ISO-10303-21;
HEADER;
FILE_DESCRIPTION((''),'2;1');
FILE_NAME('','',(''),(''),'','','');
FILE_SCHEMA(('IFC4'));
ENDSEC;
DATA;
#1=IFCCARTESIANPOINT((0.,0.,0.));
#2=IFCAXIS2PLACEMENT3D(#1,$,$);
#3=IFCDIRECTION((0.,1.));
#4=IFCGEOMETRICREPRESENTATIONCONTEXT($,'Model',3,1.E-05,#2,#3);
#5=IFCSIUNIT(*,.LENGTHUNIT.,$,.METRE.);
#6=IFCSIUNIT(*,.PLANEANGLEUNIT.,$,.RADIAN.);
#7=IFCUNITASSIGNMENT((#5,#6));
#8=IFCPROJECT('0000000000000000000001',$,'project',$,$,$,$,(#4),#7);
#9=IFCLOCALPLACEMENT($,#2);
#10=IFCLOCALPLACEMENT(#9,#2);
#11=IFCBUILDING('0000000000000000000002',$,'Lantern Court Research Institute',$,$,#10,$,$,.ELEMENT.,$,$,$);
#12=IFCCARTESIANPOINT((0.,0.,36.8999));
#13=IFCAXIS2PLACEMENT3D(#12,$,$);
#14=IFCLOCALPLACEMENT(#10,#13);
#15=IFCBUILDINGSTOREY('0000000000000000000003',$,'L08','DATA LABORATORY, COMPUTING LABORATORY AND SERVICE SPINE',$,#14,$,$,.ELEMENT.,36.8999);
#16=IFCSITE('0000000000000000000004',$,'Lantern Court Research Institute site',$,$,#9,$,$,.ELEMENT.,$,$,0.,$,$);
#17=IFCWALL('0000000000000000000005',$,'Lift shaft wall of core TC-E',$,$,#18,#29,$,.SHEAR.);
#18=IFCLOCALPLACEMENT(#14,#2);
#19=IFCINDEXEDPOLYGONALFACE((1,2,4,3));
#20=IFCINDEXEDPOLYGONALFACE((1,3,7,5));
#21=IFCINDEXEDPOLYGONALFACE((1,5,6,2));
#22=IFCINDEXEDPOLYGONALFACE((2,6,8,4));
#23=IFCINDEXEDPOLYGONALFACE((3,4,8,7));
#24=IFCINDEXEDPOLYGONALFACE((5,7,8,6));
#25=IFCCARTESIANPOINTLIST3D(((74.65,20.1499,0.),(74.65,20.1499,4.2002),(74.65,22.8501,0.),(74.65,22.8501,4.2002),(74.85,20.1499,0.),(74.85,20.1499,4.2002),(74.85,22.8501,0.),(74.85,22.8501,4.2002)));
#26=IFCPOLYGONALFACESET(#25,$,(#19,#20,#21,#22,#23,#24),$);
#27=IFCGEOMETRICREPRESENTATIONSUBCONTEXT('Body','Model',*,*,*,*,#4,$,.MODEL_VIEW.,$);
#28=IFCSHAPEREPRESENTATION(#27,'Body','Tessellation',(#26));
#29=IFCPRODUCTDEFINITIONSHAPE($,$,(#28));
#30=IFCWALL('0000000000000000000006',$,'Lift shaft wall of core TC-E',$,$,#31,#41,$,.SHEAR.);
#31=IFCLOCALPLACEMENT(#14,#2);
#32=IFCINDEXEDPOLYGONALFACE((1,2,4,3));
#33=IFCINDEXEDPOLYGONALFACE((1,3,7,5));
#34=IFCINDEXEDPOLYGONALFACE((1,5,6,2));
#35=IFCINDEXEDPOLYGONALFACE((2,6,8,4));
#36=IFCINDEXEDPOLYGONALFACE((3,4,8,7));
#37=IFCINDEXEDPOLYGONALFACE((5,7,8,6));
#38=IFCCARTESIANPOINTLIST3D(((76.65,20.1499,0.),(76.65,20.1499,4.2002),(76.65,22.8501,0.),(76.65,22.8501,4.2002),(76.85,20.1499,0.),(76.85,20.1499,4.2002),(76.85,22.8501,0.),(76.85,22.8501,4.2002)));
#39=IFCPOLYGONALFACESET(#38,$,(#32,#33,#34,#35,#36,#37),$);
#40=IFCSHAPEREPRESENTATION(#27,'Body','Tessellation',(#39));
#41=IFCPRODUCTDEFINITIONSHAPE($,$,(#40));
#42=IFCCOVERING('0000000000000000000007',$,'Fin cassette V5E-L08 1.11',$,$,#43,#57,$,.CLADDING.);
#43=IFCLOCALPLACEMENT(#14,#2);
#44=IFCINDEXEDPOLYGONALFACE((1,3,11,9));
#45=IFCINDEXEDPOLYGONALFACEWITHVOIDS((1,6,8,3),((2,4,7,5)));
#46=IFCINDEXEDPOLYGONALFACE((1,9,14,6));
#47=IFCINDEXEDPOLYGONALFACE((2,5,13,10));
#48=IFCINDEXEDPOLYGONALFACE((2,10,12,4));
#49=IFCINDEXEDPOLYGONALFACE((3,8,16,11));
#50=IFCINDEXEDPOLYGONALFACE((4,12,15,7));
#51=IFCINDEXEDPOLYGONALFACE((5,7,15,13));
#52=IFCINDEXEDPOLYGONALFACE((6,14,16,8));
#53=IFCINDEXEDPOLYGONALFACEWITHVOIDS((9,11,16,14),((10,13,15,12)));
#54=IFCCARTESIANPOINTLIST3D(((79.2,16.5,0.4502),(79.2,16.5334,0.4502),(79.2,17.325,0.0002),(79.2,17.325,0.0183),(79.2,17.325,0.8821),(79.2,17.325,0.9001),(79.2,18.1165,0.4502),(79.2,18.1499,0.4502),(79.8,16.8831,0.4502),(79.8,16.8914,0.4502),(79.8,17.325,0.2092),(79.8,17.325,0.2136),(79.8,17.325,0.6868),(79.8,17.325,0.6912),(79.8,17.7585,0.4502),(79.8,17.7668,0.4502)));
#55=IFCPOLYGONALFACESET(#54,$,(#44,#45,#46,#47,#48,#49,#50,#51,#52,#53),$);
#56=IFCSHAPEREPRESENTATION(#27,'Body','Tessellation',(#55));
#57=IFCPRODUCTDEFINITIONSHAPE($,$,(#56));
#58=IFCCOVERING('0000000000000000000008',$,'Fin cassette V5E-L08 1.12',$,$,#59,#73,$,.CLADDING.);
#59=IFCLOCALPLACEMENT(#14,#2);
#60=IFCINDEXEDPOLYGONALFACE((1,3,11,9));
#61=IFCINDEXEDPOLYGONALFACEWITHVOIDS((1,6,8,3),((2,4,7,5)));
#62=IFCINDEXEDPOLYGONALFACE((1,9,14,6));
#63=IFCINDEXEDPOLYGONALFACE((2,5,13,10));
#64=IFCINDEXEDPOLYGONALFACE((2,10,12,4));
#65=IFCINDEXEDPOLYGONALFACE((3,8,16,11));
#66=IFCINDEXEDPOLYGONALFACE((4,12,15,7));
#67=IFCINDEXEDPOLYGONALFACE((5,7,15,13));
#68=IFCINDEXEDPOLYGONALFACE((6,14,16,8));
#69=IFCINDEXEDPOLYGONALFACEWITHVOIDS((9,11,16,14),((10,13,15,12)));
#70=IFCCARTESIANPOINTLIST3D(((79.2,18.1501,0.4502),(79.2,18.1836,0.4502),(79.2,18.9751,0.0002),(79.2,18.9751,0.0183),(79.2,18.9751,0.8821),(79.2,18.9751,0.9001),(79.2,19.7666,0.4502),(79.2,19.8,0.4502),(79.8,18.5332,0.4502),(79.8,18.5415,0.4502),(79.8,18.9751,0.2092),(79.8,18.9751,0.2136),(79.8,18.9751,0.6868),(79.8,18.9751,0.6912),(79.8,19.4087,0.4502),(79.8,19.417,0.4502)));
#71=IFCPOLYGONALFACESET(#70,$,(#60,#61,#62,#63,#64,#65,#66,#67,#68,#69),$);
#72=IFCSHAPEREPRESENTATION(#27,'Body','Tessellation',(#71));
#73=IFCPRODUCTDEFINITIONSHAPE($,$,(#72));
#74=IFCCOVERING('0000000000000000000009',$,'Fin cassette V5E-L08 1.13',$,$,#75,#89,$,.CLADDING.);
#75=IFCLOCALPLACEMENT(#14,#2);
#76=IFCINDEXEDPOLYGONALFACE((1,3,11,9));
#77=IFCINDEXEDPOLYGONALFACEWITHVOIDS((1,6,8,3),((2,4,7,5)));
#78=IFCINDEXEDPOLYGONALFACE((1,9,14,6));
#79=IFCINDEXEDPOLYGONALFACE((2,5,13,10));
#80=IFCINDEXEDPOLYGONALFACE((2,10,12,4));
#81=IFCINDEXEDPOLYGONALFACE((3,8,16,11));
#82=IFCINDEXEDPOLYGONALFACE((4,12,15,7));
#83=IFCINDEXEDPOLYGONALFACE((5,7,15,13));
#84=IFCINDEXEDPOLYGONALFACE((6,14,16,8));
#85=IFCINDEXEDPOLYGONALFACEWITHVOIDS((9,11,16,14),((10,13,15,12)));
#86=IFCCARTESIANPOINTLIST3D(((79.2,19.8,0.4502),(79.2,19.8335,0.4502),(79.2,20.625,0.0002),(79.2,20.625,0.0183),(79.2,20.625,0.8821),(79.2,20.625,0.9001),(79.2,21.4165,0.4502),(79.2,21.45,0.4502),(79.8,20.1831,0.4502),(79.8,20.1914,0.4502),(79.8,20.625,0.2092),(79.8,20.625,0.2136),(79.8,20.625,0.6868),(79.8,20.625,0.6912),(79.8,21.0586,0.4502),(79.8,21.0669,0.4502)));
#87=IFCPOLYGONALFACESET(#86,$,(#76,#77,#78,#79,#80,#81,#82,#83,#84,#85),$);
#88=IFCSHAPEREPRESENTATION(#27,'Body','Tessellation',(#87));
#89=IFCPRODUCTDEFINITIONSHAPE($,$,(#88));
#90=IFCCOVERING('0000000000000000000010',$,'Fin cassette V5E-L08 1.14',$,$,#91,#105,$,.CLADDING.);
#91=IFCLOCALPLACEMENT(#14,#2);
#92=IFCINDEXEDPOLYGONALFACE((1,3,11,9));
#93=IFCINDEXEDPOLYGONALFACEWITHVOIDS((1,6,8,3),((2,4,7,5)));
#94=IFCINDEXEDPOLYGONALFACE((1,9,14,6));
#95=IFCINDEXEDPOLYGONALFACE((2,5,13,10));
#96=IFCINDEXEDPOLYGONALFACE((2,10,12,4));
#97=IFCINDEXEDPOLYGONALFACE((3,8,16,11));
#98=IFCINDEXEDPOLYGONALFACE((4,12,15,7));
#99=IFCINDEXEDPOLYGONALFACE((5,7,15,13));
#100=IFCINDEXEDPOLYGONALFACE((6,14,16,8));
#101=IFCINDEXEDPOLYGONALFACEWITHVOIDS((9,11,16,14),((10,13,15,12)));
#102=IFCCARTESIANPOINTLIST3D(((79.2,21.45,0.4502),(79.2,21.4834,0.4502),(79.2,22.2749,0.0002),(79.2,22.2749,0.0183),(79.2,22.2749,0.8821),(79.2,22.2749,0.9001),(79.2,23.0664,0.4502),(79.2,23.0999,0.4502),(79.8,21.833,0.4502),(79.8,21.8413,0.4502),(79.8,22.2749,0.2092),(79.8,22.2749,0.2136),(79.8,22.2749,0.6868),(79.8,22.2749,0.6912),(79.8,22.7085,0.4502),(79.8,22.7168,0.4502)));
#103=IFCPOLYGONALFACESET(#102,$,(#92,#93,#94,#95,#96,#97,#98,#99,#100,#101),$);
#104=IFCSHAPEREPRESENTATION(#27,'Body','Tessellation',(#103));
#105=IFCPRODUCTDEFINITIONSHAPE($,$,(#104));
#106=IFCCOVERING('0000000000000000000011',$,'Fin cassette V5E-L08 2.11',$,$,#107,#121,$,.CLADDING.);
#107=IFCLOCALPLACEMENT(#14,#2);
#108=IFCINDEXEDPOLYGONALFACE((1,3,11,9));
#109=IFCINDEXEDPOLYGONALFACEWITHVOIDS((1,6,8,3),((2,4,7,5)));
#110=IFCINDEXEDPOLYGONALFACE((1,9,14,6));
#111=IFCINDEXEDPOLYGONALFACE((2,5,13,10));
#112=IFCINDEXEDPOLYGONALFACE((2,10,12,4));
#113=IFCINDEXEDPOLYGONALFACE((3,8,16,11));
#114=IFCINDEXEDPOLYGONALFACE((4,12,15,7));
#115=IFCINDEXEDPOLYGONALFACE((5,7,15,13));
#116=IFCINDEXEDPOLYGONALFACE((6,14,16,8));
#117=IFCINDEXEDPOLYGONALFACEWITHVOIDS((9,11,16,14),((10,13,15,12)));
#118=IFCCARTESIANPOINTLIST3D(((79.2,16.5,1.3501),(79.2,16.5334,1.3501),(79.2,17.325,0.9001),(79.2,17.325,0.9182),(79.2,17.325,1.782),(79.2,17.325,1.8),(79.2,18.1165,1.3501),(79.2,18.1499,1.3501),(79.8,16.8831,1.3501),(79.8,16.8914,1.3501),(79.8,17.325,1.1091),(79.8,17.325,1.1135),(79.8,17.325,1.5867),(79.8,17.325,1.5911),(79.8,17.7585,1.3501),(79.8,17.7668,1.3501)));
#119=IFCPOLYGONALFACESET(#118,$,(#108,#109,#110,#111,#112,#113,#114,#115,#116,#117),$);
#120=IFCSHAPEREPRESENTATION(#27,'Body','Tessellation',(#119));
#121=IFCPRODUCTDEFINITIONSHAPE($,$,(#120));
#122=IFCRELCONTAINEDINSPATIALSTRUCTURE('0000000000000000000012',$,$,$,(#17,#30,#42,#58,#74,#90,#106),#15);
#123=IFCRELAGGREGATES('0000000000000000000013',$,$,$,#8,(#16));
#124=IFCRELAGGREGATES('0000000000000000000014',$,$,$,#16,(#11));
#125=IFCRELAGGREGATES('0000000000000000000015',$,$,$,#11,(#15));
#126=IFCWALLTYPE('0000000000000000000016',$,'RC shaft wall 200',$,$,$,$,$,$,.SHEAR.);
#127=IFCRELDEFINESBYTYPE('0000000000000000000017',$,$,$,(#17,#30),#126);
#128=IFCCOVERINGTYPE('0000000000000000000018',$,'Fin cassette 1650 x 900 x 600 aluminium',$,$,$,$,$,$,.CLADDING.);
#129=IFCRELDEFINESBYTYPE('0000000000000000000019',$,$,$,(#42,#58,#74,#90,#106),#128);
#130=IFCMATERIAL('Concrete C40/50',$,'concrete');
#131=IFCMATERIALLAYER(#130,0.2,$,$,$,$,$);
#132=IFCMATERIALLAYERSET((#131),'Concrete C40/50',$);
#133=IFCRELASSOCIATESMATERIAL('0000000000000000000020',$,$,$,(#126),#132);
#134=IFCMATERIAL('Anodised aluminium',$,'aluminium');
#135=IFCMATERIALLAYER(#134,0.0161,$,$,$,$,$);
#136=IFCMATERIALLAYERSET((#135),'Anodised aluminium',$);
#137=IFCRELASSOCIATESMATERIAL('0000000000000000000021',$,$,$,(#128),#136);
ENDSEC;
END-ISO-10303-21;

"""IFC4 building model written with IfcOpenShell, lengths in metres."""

from ifc_helpers import new_model, entity, si_unit, direction, frame, frame_2d, origin, place, context, subcontext, project, spatial, rectangle, extrude, material, layer, layer_set, type_object, element, save


model = new_model("IFC4")

# Units and contexts
model_context = context("Model", 3, precision=1e-05, world=origin(), true_north=direction((0.0, 1.0)))
body_context = subcontext(model_context, "Body", "Model", "MODEL_VIEW")
ifc_project = project(units=[si_unit("LENGTHUNIT", "METRE"), si_unit("PLANEANGLEUNIT", "RADIAN")], contexts=[model_context])

# Site, building, storey
site_placement = place(None, origin())
site = spatial("IfcSite", under=ifc_project, at=site_placement, Name="Lantern Court Research Institute site", CompositionType="ELEMENT", RefElevation=0.0)
building_placement = place(site_placement, origin())
building = spatial("IfcBuilding", under=site, at=building_placement, Name="Lantern Court Research Institute", CompositionType="ELEMENT")
storey_placement = place(building_placement, frame((0.0, 0.0, 36.8999)))
storey = spatial("IfcBuildingStorey", under=building, at=storey_placement, Name="L08", Description="DATA LABORATORY, COMPUTING LABORATORY AND SERVICE SPINE", CompositionType="ELEMENT", Elevation=36.8999)

# Walls
ifc_material_1 = material(Name="Concrete C40/50", Category="concrete")
ifc_layer_1 = layer(ifc_material_1, 0.2)
ifc_layer_set_1 = layer_set([ifc_layer_1], Name="Concrete C40/50")
wall_type = type_object("IfcWallType", Name="RC shaft wall 200", PredefinedType="SHEAR", material=ifc_layer_set_1)
for number, where, z_axis, x_axis, name in (
    (1, (74.75, 20.1499, 0.0), (0.0, 0.0, 1.0), (0.0, 1.0, 0.0), "Lift shaft wall of core TC-E"),
    (2, (76.75, 20.1499, 0.0), (0.0, 0.0, 1.0), (0.0, 1.0, 0.0), "Lift shaft wall of core TC-E"),
):
    element("IfcWall", number, at=place(storey_placement, frame(where, z_axis=z_axis, x_axis=x_axis)), inside=storey, type_object=wall_type, Name=name, PredefinedType="SHEAR", context=body_context, shape_type="SweptSolid", body=[
        extrude(rectangle(XDim=2.7002, YDim=0.2, at=frame_2d((1.3501, 0.0))), origin(), (0.0, 0.0, 1.0), 4.2002),
    ])

# Coverings
ifc_material_2 = material(Name="Anodised aluminium", Category="aluminium")
ifc_layer_2 = layer(ifc_material_2, 0.0161)
ifc_layer_set_2 = layer_set([ifc_layer_2], Name="Anodised aluminium")
covering_type = type_object("IfcCoveringType", Name="Fin cassette 1650 x 900 x 600 aluminium", PredefinedType="CLADDING", material=ifc_layer_set_2)
covering_1_placement = place(storey_placement, frame((79.2, 17.325, 0.4502), z_axis=(1.0, 0.0, 0.0), x_axis=(0.0, 1.0, 0.0)))
cartesian_point_1 = entity("IfcCartesianPoint", [0.825, 0.0])
cartesian_point_2 = entity("IfcCartesianPoint", [0.7915, 0.0])
cartesian_point_3 = entity("IfcCartesianPoint", [0.4419, 0.0])
cartesian_point_4 = entity("IfcCartesianPoint", [0.4336, 0.0])
element("IfcCovering", 3, at=covering_1_placement, inside=storey, type_object=covering_type, Name="Fin cassette V5E-L08 1.11", PredefinedType="CLADDING", context=body_context, shape_type="SweptSolid", body=[
    entity("IfcExtrudedAreaSolidTapered", entity("IfcArbitraryProfileDefWithVoids", "AREA", None, entity("IfcPolyline", [cartesian_point_1, entity("IfcCartesianPoint", [0.0, 0.45]), entity("IfcCartesianPoint", [-0.825, 0.0]), entity("IfcCartesianPoint", [0.0, -0.45]), cartesian_point_1]), [entity("IfcPolyline", [cartesian_point_2, entity("IfcCartesianPoint", [0.0, 0.4319]), entity("IfcCartesianPoint", [-0.7915, 0.0]), entity("IfcCartesianPoint", [0.0, -0.4319]), cartesian_point_2])]), entity("IfcAxis2Placement3D", entity("IfcCartesianPoint", [0.0, 0.0, 0.0])), entity("IfcDirection", [0.0, 0.0, 1.0]), 0.6001, entity("IfcArbitraryProfileDefWithVoids", "AREA", None, entity("IfcPolyline", [cartesian_point_3, entity("IfcCartesianPoint", [0.0, 0.241]), entity("IfcCartesianPoint", [-0.4419, 0.0]), entity("IfcCartesianPoint", [0.0, -0.241]), cartesian_point_3]), [entity("IfcPolyline", [cartesian_point_4, entity("IfcCartesianPoint", [0.0, 0.2366]), entity("IfcCartesianPoint", [-0.4336, 0.0]), entity("IfcCartesianPoint", [0.0, -0.2366]), cartesian_point_4])])),
])
covering_2_placement = place(storey_placement, frame((79.2, 18.9751, 0.4502), z_axis=(1.0, 0.0, 0.0), x_axis=(0.0, 1.0, 0.0)))
cartesian_point_5 = entity("IfcCartesianPoint", [0.825, 0.0])
cartesian_point_6 = entity("IfcCartesianPoint", [0.7915, 0.0])
cartesian_point_7 = entity("IfcCartesianPoint", [0.4419, 0.0])
cartesian_point_8 = entity("IfcCartesianPoint", [0.4336, 0.0])
element("IfcCovering", 4, at=covering_2_placement, inside=storey, type_object=covering_type, Name="Fin cassette V5E-L08 1.12", PredefinedType="CLADDING", context=body_context, shape_type="SweptSolid", body=[
    entity("IfcExtrudedAreaSolidTapered", entity("IfcArbitraryProfileDefWithVoids", "AREA", None, entity("IfcPolyline", [cartesian_point_5, entity("IfcCartesianPoint", [0.0, 0.45]), entity("IfcCartesianPoint", [-0.825, 0.0]), entity("IfcCartesianPoint", [0.0, -0.45]), cartesian_point_5]), [entity("IfcPolyline", [cartesian_point_6, entity("IfcCartesianPoint", [0.0, 0.4319]), entity("IfcCartesianPoint", [-0.7915, 0.0]), entity("IfcCartesianPoint", [0.0, -0.4319]), cartesian_point_6])]), entity("IfcAxis2Placement3D", entity("IfcCartesianPoint", [0.0, 0.0, 0.0])), entity("IfcDirection", [0.0, 0.0, 1.0]), 0.6001, entity("IfcArbitraryProfileDefWithVoids", "AREA", None, entity("IfcPolyline", [cartesian_point_7, entity("IfcCartesianPoint", [0.0, 0.241]), entity("IfcCartesianPoint", [-0.4419, 0.0]), entity("IfcCartesianPoint", [0.0, -0.241]), cartesian_point_7]), [entity("IfcPolyline", [cartesian_point_8, entity("IfcCartesianPoint", [0.0, 0.2366]), entity("IfcCartesianPoint", [-0.4336, 0.0]), entity("IfcCartesianPoint", [0.0, -0.2366]), cartesian_point_8])])),
])
covering_3_placement = place(storey_placement, frame((79.2, 20.625, 0.4502), z_axis=(1.0, 0.0, 0.0), x_axis=(0.0, 1.0, 0.0)))
cartesian_point_9 = entity("IfcCartesianPoint", [0.825, 0.0])
cartesian_point_10 = entity("IfcCartesianPoint", [0.7915, 0.0])
cartesian_point_11 = entity("IfcCartesianPoint", [0.4419, 0.0])
cartesian_point_12 = entity("IfcCartesianPoint", [0.4336, 0.0])
element("IfcCovering", 5, at=covering_3_placement, inside=storey, type_object=covering_type, Name="Fin cassette V5E-L08 1.13", PredefinedType="CLADDING", context=body_context, shape_type="SweptSolid", body=[
    entity("IfcExtrudedAreaSolidTapered", entity("IfcArbitraryProfileDefWithVoids", "AREA", None, entity("IfcPolyline", [cartesian_point_9, entity("IfcCartesianPoint", [0.0, 0.45]), entity("IfcCartesianPoint", [-0.825, 0.0]), entity("IfcCartesianPoint", [0.0, -0.45]), cartesian_point_9]), [entity("IfcPolyline", [cartesian_point_10, entity("IfcCartesianPoint", [0.0, 0.4319]), entity("IfcCartesianPoint", [-0.7915, 0.0]), entity("IfcCartesianPoint", [0.0, -0.4319]), cartesian_point_10])]), entity("IfcAxis2Placement3D", entity("IfcCartesianPoint", [0.0, 0.0, 0.0])), entity("IfcDirection", [0.0, 0.0, 1.0]), 0.6001, entity("IfcArbitraryProfileDefWithVoids", "AREA", None, entity("IfcPolyline", [cartesian_point_11, entity("IfcCartesianPoint", [0.0, 0.241]), entity("IfcCartesianPoint", [-0.4419, 0.0]), entity("IfcCartesianPoint", [0.0, -0.241]), cartesian_point_11]), [entity("IfcPolyline", [cartesian_point_12, entity("IfcCartesianPoint", [0.0, 0.2366]), entity("IfcCartesianPoint", [-0.4336, 0.0]), entity("IfcCartesianPoint", [0.0, -0.2366]), cartesian_point_12])])),
])
covering_4_placement = place(storey_placement, frame((79.2, 22.2749, 0.4502), z_axis=(1.0, 0.0, 0.0), x_axis=(0.0, 1.0, 0.0)))
cartesian_point_13 = entity("IfcCartesianPoint", [0.825, 0.0])
cartesian_point_14 = entity("IfcCartesianPoint", [0.7915, 0.0])
cartesian_point_15 = entity("IfcCartesianPoint", [0.4419, 0.0])
cartesian_point_16 = entity("IfcCartesianPoint", [0.4336, 0.0])
element("IfcCovering", 6, at=covering_4_placement, inside=storey, type_object=covering_type, Name="Fin cassette V5E-L08 1.14", PredefinedType="CLADDING", context=body_context, shape_type="SweptSolid", body=[
    entity("IfcExtrudedAreaSolidTapered", entity("IfcArbitraryProfileDefWithVoids", "AREA", None, entity("IfcPolyline", [cartesian_point_13, entity("IfcCartesianPoint", [0.0, 0.45]), entity("IfcCartesianPoint", [-0.825, 0.0]), entity("IfcCartesianPoint", [0.0, -0.45]), cartesian_point_13]), [entity("IfcPolyline", [cartesian_point_14, entity("IfcCartesianPoint", [0.0, 0.4319]), entity("IfcCartesianPoint", [-0.7915, 0.0]), entity("IfcCartesianPoint", [0.0, -0.4319]), cartesian_point_14])]), entity("IfcAxis2Placement3D", entity("IfcCartesianPoint", [0.0, 0.0, 0.0])), entity("IfcDirection", [0.0, 0.0, 1.0]), 0.6001, entity("IfcArbitraryProfileDefWithVoids", "AREA", None, entity("IfcPolyline", [cartesian_point_15, entity("IfcCartesianPoint", [0.0, 0.241]), entity("IfcCartesianPoint", [-0.4419, 0.0]), entity("IfcCartesianPoint", [0.0, -0.241]), cartesian_point_15]), [entity("IfcPolyline", [cartesian_point_16, entity("IfcCartesianPoint", [0.0, 0.2366]), entity("IfcCartesianPoint", [-0.4336, 0.0]), entity("IfcCartesianPoint", [0.0, -0.2366]), cartesian_point_16])])),
])
covering_5_placement = place(storey_placement, frame((79.2, 17.325, 1.3501), z_axis=(1.0, 0.0, 0.0), x_axis=(0.0, 1.0, 0.0)))
cartesian_point_17 = entity("IfcCartesianPoint", [0.825, 0.0])
cartesian_point_18 = entity("IfcCartesianPoint", [0.7915, 0.0])
cartesian_point_19 = entity("IfcCartesianPoint", [0.4419, 0.0])
cartesian_point_20 = entity("IfcCartesianPoint", [0.4336, 0.0])
element("IfcCovering", 7, at=covering_5_placement, inside=storey, type_object=covering_type, Name="Fin cassette V5E-L08 2.11", PredefinedType="CLADDING", context=body_context, shape_type="SweptSolid", body=[
    entity("IfcExtrudedAreaSolidTapered", entity("IfcArbitraryProfileDefWithVoids", "AREA", None, entity("IfcPolyline", [cartesian_point_17, entity("IfcCartesianPoint", [0.0, 0.45]), entity("IfcCartesianPoint", [-0.825, 0.0]), entity("IfcCartesianPoint", [0.0, -0.45]), cartesian_point_17]), [entity("IfcPolyline", [cartesian_point_18, entity("IfcCartesianPoint", [0.0, 0.4319]), entity("IfcCartesianPoint", [-0.7915, 0.0]), entity("IfcCartesianPoint", [0.0, -0.4319]), cartesian_point_18])]), entity("IfcAxis2Placement3D", entity("IfcCartesianPoint", [0.0, 0.0, 0.0])), entity("IfcDirection", [0.0, 0.0, 1.0]), 0.6001, entity("IfcArbitraryProfileDefWithVoids", "AREA", None, entity("IfcPolyline", [cartesian_point_19, entity("IfcCartesianPoint", [0.0, 0.241]), entity("IfcCartesianPoint", [-0.4419, 0.0]), entity("IfcCartesianPoint", [0.0, -0.241]), cartesian_point_19]), [entity("IfcPolyline", [cartesian_point_20, entity("IfcCartesianPoint", [0.0, 0.2366]), entity("IfcCartesianPoint", [-0.4336, 0.0]), entity("IfcCartesianPoint", [0.0, -0.2366]), cartesian_point_20])])),
])

save(model, "model.ifc")
